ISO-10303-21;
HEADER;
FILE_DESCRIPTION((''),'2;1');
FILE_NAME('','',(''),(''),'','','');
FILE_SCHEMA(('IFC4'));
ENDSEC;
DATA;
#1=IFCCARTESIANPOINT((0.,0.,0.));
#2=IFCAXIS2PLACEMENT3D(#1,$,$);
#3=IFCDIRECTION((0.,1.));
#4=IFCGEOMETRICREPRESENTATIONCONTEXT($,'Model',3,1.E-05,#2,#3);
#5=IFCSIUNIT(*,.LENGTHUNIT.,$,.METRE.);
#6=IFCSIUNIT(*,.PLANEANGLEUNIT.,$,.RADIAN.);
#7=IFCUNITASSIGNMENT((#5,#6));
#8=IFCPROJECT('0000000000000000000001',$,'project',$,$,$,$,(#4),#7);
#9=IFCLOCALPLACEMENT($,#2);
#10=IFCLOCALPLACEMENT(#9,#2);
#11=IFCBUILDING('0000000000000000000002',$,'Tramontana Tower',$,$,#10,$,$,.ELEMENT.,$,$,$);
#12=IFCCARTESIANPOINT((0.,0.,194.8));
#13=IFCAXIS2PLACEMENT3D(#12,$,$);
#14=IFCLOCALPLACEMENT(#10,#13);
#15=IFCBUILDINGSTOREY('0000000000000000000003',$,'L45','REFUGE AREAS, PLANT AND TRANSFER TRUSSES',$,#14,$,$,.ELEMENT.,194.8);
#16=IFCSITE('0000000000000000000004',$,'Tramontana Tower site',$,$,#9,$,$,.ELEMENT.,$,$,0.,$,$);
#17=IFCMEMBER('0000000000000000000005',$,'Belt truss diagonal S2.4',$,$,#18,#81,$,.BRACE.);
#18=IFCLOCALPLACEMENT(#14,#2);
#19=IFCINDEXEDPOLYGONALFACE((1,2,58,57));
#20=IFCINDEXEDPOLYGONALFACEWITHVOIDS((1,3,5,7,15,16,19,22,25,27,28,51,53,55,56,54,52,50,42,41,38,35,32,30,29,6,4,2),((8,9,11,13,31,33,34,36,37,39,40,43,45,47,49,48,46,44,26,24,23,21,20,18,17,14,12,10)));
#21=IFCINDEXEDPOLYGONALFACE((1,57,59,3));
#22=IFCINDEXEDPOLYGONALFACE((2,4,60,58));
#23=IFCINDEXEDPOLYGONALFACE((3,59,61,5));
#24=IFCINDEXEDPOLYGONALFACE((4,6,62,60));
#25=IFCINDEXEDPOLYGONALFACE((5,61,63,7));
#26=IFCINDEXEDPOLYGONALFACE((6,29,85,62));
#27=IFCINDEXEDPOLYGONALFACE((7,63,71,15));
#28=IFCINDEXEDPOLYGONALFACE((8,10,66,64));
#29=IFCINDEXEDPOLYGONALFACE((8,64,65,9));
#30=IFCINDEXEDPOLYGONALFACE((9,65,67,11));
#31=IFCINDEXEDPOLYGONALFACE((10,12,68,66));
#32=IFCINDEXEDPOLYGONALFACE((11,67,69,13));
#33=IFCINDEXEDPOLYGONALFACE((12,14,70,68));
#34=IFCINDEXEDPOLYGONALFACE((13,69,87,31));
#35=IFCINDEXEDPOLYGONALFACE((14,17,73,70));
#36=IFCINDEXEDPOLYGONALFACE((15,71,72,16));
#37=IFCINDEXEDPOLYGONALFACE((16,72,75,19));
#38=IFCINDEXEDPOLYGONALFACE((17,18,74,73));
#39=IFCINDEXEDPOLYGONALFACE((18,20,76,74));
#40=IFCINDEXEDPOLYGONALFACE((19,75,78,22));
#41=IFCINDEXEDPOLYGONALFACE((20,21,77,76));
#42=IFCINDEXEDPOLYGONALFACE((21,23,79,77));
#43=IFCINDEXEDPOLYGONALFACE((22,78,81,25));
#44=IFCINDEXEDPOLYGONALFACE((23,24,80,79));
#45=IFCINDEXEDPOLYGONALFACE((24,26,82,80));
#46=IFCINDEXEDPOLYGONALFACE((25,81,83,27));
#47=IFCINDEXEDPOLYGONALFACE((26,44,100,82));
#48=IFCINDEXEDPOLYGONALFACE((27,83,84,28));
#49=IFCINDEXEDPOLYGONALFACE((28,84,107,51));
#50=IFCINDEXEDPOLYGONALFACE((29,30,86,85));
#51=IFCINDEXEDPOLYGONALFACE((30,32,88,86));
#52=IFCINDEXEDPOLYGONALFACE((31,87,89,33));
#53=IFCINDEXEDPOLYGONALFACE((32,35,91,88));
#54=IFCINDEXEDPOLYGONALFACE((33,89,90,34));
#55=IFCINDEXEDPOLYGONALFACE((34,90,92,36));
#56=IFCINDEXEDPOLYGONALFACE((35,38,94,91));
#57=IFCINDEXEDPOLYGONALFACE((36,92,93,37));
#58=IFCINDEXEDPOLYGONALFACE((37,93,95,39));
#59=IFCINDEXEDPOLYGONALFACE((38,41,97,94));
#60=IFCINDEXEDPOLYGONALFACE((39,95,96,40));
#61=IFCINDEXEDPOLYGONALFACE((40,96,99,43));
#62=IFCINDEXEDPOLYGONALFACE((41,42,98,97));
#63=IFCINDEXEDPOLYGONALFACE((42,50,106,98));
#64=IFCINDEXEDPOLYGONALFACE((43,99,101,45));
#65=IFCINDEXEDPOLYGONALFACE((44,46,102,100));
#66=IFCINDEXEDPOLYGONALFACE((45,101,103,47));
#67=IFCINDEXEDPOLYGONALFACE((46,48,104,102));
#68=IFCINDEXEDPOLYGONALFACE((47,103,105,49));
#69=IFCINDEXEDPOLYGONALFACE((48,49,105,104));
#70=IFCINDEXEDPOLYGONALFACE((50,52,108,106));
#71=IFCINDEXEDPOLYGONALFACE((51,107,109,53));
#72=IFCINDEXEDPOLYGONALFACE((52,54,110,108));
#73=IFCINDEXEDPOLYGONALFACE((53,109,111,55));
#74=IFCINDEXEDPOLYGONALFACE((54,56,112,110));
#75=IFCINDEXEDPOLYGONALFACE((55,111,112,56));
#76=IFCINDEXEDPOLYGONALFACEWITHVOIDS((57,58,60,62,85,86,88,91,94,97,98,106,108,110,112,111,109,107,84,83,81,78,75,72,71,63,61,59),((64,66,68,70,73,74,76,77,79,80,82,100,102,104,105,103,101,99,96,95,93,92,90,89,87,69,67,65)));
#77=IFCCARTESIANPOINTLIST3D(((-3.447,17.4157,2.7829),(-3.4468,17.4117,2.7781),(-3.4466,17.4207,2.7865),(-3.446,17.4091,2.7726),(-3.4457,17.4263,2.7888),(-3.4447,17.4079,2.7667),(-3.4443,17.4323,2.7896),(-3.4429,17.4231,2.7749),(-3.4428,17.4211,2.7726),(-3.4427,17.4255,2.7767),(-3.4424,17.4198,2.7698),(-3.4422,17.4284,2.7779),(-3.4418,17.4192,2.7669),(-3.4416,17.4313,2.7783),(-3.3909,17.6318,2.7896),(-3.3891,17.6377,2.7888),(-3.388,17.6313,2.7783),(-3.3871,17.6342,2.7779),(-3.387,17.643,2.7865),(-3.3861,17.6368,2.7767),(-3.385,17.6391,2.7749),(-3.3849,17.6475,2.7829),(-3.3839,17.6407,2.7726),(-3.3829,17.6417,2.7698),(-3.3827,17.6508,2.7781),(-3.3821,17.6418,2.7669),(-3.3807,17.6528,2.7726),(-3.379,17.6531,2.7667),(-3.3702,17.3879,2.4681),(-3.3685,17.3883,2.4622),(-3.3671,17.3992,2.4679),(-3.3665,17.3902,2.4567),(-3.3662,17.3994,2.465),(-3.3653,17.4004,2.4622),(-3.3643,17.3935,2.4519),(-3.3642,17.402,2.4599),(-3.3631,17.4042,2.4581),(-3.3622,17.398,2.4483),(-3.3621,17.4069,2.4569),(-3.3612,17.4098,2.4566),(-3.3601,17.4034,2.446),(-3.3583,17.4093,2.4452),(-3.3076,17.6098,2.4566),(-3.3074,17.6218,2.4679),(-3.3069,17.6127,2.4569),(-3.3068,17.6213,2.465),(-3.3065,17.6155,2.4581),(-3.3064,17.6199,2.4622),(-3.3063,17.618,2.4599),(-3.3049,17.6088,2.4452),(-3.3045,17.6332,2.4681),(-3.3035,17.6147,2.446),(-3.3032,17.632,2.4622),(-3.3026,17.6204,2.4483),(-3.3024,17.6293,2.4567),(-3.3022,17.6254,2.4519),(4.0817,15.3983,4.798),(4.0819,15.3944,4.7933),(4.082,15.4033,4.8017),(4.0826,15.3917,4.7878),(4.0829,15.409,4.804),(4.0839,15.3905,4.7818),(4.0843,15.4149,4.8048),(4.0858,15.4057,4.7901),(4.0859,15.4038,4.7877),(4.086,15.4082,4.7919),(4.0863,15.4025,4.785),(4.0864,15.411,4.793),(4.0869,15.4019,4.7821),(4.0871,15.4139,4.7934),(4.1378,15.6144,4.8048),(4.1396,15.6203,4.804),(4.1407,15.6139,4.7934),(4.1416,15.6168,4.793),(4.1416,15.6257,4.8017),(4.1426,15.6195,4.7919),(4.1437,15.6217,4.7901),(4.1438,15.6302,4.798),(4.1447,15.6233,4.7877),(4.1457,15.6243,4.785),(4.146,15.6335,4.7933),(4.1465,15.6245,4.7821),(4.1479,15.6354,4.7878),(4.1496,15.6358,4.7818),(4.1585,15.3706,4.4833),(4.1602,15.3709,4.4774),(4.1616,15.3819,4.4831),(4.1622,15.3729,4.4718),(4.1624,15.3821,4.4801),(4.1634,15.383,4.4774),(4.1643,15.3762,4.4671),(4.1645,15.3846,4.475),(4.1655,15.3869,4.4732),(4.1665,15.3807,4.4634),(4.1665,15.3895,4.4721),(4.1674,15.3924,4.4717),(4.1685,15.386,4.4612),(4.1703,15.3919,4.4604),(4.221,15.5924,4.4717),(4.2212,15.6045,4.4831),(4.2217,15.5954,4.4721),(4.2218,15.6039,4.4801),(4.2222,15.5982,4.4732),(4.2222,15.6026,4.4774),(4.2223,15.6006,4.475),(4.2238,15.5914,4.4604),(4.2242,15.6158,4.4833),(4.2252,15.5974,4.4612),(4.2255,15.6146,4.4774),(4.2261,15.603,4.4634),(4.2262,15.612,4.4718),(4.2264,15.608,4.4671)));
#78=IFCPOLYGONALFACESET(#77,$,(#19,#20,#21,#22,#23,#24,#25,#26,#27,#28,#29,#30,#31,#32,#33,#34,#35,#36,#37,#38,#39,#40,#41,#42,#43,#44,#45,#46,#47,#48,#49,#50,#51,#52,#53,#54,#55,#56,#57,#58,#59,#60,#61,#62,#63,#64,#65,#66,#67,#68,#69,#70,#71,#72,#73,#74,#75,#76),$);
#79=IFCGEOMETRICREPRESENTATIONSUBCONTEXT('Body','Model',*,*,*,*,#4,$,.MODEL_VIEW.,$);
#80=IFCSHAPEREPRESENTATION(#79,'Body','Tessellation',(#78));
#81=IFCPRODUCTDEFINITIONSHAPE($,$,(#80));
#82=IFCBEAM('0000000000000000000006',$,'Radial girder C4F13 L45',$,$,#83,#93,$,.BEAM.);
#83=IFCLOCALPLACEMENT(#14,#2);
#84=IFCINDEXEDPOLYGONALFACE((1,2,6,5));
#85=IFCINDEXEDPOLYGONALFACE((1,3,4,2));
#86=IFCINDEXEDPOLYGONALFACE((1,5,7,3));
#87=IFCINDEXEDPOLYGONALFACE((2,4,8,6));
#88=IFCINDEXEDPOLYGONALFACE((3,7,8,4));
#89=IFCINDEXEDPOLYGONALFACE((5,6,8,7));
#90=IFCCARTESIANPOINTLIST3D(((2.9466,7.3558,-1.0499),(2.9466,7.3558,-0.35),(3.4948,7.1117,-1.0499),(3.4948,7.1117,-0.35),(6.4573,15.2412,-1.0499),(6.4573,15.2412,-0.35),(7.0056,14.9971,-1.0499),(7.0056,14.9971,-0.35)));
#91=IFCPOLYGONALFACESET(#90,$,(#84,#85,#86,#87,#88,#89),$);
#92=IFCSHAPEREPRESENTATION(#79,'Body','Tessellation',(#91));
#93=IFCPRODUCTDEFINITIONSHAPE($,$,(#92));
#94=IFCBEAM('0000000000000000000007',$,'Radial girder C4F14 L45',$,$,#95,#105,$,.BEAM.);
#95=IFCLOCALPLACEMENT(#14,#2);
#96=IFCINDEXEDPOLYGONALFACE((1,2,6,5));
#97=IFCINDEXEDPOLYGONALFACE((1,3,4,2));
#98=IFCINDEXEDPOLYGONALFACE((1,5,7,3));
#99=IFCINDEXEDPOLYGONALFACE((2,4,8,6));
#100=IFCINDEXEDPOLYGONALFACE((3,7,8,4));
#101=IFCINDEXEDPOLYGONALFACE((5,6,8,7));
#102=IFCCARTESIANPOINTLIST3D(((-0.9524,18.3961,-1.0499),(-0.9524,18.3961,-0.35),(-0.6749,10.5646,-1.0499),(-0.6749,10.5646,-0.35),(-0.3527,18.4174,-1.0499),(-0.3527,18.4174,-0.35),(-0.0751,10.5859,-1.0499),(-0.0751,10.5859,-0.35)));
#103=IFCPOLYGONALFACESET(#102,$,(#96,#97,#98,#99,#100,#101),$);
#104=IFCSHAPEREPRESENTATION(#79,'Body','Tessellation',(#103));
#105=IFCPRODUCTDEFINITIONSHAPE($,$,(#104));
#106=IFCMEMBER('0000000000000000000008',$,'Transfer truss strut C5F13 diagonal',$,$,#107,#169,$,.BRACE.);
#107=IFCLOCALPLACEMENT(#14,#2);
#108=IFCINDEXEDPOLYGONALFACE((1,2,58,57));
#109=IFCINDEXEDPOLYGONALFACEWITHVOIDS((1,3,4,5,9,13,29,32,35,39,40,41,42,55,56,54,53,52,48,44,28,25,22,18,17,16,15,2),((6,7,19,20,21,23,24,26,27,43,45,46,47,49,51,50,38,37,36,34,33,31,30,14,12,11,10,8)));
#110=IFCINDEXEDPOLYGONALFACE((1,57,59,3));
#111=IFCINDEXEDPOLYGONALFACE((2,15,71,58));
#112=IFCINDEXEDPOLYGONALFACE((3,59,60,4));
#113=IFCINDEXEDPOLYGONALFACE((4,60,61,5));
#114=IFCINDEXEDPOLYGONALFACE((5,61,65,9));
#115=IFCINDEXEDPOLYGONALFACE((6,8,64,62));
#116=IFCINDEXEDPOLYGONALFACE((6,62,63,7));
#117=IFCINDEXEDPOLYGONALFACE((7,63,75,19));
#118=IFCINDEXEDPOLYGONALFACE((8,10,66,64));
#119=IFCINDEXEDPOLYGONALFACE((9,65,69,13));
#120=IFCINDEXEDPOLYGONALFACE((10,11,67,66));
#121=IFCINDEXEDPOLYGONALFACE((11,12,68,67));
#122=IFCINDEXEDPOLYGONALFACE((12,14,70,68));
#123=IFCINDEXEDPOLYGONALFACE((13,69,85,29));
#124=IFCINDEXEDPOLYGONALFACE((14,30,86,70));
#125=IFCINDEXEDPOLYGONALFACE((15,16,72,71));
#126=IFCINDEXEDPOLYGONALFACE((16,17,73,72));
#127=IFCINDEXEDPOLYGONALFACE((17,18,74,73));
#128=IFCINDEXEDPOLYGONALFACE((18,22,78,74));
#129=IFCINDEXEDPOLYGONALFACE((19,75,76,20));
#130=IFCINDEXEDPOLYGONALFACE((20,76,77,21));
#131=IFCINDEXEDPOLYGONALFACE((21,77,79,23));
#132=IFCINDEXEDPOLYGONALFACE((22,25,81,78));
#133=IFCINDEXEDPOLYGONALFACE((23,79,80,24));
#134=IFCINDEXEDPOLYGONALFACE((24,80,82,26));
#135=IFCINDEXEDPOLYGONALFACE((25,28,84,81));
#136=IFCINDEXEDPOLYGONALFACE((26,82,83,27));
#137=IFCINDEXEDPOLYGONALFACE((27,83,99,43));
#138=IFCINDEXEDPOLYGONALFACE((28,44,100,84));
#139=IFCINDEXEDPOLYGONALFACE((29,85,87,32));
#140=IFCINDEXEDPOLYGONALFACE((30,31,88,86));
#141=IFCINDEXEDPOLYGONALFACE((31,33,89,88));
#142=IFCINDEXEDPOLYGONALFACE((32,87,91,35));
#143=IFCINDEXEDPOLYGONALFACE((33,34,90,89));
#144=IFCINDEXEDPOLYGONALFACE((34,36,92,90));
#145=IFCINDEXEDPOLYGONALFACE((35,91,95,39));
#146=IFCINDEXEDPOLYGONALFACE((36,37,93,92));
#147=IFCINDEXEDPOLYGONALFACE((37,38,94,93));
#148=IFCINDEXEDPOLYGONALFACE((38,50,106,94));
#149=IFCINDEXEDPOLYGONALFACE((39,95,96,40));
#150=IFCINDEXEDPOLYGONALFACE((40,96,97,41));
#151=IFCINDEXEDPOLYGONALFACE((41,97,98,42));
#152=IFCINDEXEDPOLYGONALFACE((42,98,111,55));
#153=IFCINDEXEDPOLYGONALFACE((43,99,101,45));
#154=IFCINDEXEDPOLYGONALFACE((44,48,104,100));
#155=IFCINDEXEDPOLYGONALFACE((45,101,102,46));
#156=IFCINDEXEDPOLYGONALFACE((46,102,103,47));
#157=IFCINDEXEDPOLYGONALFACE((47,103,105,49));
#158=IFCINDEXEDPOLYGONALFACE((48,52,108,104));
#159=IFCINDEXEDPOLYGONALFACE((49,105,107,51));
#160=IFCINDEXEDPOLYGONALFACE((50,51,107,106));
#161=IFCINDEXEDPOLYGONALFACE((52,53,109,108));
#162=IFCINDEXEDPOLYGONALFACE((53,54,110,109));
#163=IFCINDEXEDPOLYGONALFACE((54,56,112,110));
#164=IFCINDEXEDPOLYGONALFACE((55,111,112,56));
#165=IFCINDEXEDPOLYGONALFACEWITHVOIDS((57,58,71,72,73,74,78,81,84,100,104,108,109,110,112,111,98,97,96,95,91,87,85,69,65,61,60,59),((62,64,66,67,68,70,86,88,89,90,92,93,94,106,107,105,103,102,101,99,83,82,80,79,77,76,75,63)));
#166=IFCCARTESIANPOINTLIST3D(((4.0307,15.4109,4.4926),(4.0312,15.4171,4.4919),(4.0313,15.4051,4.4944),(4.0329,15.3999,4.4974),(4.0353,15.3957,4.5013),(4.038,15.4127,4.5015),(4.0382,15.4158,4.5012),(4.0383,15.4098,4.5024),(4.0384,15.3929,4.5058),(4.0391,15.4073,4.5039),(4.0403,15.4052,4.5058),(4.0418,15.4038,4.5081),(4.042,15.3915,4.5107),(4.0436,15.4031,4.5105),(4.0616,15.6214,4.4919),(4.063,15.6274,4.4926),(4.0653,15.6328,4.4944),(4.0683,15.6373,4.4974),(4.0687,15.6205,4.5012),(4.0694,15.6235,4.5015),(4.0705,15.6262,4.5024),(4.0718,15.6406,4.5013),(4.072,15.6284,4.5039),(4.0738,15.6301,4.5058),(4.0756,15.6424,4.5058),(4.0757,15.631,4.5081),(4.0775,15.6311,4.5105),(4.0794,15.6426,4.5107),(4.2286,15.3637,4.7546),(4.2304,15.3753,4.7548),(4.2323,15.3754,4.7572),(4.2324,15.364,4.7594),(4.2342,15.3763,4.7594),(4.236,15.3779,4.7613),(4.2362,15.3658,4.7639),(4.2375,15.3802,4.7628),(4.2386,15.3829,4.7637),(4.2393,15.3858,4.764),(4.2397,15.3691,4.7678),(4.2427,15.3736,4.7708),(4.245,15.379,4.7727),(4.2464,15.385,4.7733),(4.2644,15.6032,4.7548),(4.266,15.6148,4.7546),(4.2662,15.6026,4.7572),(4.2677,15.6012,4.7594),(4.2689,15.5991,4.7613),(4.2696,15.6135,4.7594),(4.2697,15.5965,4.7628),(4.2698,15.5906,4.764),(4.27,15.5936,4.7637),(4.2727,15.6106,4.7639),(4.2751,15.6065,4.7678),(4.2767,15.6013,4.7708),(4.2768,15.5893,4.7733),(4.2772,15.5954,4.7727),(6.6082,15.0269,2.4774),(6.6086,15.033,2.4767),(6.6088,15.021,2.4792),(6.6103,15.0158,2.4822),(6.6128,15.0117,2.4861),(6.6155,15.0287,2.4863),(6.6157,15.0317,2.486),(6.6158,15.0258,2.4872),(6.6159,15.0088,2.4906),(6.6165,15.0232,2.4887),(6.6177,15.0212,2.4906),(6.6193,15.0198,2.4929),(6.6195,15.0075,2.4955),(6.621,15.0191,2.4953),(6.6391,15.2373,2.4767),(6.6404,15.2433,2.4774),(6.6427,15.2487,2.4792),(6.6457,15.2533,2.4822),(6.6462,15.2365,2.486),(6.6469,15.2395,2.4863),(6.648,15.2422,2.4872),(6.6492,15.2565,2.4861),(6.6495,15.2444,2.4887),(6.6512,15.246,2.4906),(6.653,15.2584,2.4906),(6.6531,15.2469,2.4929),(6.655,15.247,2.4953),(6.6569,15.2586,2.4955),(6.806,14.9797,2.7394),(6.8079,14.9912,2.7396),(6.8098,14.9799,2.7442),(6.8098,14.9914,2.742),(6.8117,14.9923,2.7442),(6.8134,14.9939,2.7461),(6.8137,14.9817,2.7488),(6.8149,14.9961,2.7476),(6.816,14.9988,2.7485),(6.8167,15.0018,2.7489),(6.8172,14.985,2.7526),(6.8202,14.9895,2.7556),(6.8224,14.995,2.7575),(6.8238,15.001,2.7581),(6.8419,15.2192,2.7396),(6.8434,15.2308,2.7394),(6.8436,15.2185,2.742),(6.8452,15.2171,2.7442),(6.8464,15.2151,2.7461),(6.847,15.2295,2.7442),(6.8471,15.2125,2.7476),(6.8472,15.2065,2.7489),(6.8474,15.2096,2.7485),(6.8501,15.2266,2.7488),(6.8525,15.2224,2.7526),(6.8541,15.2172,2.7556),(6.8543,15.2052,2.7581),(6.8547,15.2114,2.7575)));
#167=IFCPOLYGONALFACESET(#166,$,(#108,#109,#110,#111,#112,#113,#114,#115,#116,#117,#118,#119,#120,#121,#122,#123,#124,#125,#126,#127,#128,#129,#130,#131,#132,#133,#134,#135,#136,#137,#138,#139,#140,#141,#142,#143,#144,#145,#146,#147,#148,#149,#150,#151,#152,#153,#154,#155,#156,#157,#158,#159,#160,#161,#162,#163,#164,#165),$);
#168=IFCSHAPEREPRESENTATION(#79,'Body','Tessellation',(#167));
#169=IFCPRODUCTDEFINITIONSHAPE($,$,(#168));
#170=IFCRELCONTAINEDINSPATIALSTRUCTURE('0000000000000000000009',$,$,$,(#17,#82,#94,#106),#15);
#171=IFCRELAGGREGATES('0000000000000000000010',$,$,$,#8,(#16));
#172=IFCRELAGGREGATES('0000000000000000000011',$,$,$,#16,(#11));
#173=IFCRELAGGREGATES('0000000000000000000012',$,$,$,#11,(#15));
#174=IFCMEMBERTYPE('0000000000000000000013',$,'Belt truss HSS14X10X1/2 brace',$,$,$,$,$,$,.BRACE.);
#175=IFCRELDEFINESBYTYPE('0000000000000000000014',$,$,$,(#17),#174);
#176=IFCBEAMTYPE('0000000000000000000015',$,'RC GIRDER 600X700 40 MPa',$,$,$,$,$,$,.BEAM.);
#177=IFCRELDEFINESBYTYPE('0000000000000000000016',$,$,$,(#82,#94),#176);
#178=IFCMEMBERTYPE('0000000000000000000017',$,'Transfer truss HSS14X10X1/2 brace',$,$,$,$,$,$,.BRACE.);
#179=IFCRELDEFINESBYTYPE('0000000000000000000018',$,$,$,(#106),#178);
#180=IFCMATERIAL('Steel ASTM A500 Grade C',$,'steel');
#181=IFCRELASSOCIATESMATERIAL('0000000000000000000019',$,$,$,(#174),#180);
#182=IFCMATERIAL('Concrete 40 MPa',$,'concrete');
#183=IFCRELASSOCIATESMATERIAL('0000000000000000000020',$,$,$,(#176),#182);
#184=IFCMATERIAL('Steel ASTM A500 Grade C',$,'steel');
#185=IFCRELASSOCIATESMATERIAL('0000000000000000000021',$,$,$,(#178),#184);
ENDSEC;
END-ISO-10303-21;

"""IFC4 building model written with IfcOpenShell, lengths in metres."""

from ifc_helpers import new_model, si_unit, direction, frame, origin, origin_2d, place, context, subcontext, project, spatial, rectangle, hollow_rectangle, extrude, material, material_profile, profile_set, type_object, element, save


model = new_model("IFC4")

# Units and contexts
model_context = context("Model", 3, precision=1e-05, world=origin(), true_north=direction((0.0, 1.0)))
body_context = subcontext(model_context, "Body", "Model", "MODEL_VIEW")
ifc_project = project(units=[si_unit("LENGTHUNIT", "METRE"), si_unit("PLANEANGLEUNIT", "RADIAN")], contexts=[model_context])

# Site, building, storey
site_placement = place(None, origin())
site = spatial("IfcSite", under=ifc_project, at=site_placement, Name="Tramontana Tower site", CompositionType="ELEMENT", RefElevation=0.0)
building_placement = place(site_placement, origin())
building = spatial("IfcBuilding", under=site, at=building_placement, Name="Tramontana Tower", CompositionType="ELEMENT")
storey_placement = place(building_placement, frame((0.0, 0.0, 194.8)))
storey = spatial("IfcBuildingStorey", under=building, at=storey_placement, Name="L45", Description="REFUGE AREAS, PLANT AND TRANSFER TRUSSES", CompositionType="ELEMENT", Elevation=194.8)

# Member
ifc_material_1 = material(Name="Steel ASTM A500 Grade C", Category="steel")
ifc_material_profile_1 = material_profile(ifc_material_1, hollow_rectangle(XDim=0.2539, YDim=0.3557, WallThickness=0.0117, InnerFilletRadius=0.0117, OuterFilletRadius=0.0237, at=origin_2d()), Name="HSS14X10X1/2")
ifc_profile_set_1 = profile_set([ifc_material_profile_1], Name="Steel ASTM A500 Grade C")
member_type_1 = type_object("IfcMemberType", Name="Belt truss HSS14X10X1/2 brace", PredefinedType="BRACE", material=ifc_profile_set_1)
member_1_placement = place(storey_placement, frame((4.1541, 15.5032, 4.6326), z_axis=(-0.935173, 0.250587, -0.250314), x_axis=(-0.258826, -0.965924, 0.0)))
element("IfcMember", 1, at=member_1_placement, inside=storey, type_object=member_type_1, Name="Belt truss diagonal S2.4", PredefinedType="BRACE", context=body_context, shape_type="SweptSolid", body=[
    extrude(hollow_rectangle(XDim=0.2539, YDim=0.3557, WallThickness=0.0117, InnerFilletRadius=0.0117, OuterFilletRadius=0.0237, at=origin_2d()), origin(), (0.0, 0.0, 1.0), 8.0505),
])

# Beams
ifc_material_2 = material(Name="Concrete 40 MPa", Category="concrete")
ifc_material_profile_2 = material_profile(ifc_material_2, rectangle(XDim=0.6001, YDim=0.7, at=origin_2d()), Name="RC GIRDER 600X700 40 MPa")
ifc_profile_set_2 = profile_set([ifc_material_profile_2], Name="Concrete 40 MPa")
beam_type = type_object("IfcBeamType", Name="RC GIRDER 600X700 40 MPa", PredefinedType="BEAM", material=ifc_profile_set_2)
beam_1_placement = place(storey_placement, frame((6.7314, 15.1191, -0.7), z_axis=(-0.406737, -0.913545, 0.0), x_axis=(0.913545, -0.406737, 0.0)))
element("IfcBeam", 2, at=beam_1_placement, inside=storey, type_object=beam_type, Name="Radial girder C4F13 L45", PredefinedType="BEAM", context=body_context, shape_type="SweptSolid", body=[
    extrude(rectangle(XDim=0.6001, YDim=0.7, at=origin_2d()), origin(), (0.0, 0.0, 1.0), 8.6316),
])
beam_2_placement = place(storey_placement, frame((-0.6526, 18.4067, -0.7), z_axis=(0.035423, -0.999372, 0.0), x_axis=(0.999372, 0.035423, 0.0)))
element("IfcBeam", 3, at=beam_2_placement, inside=storey, type_object=beam_type, Name="Radial girder C4F14 L45", PredefinedType="BEAM", context=body_context, shape_type="SweptSolid", body=[
    extrude(rectangle(XDim=0.6001, YDim=0.7, at=origin_2d()), origin(), (0.0, 0.0, 1.0), 7.8364),
])

# Member
ifc_material_3 = material(Name="Steel ASTM A500 Grade C", Category="steel")
ifc_material_profile_3 = material_profile(ifc_material_3, hollow_rectangle(XDim=0.2539, YDim=0.3557, WallThickness=0.0117, InnerFilletRadius=0.0117, OuterFilletRadius=0.0237, at=origin_2d()), Name="HSS14X10X1/2")
ifc_profile_set_3 = profile_set([ifc_material_profile_3], Name="Steel ASTM A500 Grade C")
member_type_2 = type_object("IfcMemberType", Name="Transfer truss HSS14X10X1/2 brace", PredefinedType="BRACE", material=ifc_profile_set_3)
member_2_placement = place(storey_placement, frame((6.7314, 15.1191, 2.6174), z_axis=(-0.782423, 0.116582, 0.611738), x_axis=(-0.147374, -0.989081, 0.0)))
element("IfcMember", 4, at=member_2_placement, inside=storey, type_object=member_type_2, Name="Transfer truss strut C5F13 diagonal", PredefinedType="BRACE", context=body_context, shape_type="SweptSolid", body=[
    extrude(hollow_rectangle(XDim=0.2539, YDim=0.3557, WallThickness=0.0117, InnerFilletRadius=0.0117, OuterFilletRadius=0.0237, at=origin_2d()), origin(), (0.0, 0.0, 1.0), 3.2942),
])

save(model, "model.ifc")
